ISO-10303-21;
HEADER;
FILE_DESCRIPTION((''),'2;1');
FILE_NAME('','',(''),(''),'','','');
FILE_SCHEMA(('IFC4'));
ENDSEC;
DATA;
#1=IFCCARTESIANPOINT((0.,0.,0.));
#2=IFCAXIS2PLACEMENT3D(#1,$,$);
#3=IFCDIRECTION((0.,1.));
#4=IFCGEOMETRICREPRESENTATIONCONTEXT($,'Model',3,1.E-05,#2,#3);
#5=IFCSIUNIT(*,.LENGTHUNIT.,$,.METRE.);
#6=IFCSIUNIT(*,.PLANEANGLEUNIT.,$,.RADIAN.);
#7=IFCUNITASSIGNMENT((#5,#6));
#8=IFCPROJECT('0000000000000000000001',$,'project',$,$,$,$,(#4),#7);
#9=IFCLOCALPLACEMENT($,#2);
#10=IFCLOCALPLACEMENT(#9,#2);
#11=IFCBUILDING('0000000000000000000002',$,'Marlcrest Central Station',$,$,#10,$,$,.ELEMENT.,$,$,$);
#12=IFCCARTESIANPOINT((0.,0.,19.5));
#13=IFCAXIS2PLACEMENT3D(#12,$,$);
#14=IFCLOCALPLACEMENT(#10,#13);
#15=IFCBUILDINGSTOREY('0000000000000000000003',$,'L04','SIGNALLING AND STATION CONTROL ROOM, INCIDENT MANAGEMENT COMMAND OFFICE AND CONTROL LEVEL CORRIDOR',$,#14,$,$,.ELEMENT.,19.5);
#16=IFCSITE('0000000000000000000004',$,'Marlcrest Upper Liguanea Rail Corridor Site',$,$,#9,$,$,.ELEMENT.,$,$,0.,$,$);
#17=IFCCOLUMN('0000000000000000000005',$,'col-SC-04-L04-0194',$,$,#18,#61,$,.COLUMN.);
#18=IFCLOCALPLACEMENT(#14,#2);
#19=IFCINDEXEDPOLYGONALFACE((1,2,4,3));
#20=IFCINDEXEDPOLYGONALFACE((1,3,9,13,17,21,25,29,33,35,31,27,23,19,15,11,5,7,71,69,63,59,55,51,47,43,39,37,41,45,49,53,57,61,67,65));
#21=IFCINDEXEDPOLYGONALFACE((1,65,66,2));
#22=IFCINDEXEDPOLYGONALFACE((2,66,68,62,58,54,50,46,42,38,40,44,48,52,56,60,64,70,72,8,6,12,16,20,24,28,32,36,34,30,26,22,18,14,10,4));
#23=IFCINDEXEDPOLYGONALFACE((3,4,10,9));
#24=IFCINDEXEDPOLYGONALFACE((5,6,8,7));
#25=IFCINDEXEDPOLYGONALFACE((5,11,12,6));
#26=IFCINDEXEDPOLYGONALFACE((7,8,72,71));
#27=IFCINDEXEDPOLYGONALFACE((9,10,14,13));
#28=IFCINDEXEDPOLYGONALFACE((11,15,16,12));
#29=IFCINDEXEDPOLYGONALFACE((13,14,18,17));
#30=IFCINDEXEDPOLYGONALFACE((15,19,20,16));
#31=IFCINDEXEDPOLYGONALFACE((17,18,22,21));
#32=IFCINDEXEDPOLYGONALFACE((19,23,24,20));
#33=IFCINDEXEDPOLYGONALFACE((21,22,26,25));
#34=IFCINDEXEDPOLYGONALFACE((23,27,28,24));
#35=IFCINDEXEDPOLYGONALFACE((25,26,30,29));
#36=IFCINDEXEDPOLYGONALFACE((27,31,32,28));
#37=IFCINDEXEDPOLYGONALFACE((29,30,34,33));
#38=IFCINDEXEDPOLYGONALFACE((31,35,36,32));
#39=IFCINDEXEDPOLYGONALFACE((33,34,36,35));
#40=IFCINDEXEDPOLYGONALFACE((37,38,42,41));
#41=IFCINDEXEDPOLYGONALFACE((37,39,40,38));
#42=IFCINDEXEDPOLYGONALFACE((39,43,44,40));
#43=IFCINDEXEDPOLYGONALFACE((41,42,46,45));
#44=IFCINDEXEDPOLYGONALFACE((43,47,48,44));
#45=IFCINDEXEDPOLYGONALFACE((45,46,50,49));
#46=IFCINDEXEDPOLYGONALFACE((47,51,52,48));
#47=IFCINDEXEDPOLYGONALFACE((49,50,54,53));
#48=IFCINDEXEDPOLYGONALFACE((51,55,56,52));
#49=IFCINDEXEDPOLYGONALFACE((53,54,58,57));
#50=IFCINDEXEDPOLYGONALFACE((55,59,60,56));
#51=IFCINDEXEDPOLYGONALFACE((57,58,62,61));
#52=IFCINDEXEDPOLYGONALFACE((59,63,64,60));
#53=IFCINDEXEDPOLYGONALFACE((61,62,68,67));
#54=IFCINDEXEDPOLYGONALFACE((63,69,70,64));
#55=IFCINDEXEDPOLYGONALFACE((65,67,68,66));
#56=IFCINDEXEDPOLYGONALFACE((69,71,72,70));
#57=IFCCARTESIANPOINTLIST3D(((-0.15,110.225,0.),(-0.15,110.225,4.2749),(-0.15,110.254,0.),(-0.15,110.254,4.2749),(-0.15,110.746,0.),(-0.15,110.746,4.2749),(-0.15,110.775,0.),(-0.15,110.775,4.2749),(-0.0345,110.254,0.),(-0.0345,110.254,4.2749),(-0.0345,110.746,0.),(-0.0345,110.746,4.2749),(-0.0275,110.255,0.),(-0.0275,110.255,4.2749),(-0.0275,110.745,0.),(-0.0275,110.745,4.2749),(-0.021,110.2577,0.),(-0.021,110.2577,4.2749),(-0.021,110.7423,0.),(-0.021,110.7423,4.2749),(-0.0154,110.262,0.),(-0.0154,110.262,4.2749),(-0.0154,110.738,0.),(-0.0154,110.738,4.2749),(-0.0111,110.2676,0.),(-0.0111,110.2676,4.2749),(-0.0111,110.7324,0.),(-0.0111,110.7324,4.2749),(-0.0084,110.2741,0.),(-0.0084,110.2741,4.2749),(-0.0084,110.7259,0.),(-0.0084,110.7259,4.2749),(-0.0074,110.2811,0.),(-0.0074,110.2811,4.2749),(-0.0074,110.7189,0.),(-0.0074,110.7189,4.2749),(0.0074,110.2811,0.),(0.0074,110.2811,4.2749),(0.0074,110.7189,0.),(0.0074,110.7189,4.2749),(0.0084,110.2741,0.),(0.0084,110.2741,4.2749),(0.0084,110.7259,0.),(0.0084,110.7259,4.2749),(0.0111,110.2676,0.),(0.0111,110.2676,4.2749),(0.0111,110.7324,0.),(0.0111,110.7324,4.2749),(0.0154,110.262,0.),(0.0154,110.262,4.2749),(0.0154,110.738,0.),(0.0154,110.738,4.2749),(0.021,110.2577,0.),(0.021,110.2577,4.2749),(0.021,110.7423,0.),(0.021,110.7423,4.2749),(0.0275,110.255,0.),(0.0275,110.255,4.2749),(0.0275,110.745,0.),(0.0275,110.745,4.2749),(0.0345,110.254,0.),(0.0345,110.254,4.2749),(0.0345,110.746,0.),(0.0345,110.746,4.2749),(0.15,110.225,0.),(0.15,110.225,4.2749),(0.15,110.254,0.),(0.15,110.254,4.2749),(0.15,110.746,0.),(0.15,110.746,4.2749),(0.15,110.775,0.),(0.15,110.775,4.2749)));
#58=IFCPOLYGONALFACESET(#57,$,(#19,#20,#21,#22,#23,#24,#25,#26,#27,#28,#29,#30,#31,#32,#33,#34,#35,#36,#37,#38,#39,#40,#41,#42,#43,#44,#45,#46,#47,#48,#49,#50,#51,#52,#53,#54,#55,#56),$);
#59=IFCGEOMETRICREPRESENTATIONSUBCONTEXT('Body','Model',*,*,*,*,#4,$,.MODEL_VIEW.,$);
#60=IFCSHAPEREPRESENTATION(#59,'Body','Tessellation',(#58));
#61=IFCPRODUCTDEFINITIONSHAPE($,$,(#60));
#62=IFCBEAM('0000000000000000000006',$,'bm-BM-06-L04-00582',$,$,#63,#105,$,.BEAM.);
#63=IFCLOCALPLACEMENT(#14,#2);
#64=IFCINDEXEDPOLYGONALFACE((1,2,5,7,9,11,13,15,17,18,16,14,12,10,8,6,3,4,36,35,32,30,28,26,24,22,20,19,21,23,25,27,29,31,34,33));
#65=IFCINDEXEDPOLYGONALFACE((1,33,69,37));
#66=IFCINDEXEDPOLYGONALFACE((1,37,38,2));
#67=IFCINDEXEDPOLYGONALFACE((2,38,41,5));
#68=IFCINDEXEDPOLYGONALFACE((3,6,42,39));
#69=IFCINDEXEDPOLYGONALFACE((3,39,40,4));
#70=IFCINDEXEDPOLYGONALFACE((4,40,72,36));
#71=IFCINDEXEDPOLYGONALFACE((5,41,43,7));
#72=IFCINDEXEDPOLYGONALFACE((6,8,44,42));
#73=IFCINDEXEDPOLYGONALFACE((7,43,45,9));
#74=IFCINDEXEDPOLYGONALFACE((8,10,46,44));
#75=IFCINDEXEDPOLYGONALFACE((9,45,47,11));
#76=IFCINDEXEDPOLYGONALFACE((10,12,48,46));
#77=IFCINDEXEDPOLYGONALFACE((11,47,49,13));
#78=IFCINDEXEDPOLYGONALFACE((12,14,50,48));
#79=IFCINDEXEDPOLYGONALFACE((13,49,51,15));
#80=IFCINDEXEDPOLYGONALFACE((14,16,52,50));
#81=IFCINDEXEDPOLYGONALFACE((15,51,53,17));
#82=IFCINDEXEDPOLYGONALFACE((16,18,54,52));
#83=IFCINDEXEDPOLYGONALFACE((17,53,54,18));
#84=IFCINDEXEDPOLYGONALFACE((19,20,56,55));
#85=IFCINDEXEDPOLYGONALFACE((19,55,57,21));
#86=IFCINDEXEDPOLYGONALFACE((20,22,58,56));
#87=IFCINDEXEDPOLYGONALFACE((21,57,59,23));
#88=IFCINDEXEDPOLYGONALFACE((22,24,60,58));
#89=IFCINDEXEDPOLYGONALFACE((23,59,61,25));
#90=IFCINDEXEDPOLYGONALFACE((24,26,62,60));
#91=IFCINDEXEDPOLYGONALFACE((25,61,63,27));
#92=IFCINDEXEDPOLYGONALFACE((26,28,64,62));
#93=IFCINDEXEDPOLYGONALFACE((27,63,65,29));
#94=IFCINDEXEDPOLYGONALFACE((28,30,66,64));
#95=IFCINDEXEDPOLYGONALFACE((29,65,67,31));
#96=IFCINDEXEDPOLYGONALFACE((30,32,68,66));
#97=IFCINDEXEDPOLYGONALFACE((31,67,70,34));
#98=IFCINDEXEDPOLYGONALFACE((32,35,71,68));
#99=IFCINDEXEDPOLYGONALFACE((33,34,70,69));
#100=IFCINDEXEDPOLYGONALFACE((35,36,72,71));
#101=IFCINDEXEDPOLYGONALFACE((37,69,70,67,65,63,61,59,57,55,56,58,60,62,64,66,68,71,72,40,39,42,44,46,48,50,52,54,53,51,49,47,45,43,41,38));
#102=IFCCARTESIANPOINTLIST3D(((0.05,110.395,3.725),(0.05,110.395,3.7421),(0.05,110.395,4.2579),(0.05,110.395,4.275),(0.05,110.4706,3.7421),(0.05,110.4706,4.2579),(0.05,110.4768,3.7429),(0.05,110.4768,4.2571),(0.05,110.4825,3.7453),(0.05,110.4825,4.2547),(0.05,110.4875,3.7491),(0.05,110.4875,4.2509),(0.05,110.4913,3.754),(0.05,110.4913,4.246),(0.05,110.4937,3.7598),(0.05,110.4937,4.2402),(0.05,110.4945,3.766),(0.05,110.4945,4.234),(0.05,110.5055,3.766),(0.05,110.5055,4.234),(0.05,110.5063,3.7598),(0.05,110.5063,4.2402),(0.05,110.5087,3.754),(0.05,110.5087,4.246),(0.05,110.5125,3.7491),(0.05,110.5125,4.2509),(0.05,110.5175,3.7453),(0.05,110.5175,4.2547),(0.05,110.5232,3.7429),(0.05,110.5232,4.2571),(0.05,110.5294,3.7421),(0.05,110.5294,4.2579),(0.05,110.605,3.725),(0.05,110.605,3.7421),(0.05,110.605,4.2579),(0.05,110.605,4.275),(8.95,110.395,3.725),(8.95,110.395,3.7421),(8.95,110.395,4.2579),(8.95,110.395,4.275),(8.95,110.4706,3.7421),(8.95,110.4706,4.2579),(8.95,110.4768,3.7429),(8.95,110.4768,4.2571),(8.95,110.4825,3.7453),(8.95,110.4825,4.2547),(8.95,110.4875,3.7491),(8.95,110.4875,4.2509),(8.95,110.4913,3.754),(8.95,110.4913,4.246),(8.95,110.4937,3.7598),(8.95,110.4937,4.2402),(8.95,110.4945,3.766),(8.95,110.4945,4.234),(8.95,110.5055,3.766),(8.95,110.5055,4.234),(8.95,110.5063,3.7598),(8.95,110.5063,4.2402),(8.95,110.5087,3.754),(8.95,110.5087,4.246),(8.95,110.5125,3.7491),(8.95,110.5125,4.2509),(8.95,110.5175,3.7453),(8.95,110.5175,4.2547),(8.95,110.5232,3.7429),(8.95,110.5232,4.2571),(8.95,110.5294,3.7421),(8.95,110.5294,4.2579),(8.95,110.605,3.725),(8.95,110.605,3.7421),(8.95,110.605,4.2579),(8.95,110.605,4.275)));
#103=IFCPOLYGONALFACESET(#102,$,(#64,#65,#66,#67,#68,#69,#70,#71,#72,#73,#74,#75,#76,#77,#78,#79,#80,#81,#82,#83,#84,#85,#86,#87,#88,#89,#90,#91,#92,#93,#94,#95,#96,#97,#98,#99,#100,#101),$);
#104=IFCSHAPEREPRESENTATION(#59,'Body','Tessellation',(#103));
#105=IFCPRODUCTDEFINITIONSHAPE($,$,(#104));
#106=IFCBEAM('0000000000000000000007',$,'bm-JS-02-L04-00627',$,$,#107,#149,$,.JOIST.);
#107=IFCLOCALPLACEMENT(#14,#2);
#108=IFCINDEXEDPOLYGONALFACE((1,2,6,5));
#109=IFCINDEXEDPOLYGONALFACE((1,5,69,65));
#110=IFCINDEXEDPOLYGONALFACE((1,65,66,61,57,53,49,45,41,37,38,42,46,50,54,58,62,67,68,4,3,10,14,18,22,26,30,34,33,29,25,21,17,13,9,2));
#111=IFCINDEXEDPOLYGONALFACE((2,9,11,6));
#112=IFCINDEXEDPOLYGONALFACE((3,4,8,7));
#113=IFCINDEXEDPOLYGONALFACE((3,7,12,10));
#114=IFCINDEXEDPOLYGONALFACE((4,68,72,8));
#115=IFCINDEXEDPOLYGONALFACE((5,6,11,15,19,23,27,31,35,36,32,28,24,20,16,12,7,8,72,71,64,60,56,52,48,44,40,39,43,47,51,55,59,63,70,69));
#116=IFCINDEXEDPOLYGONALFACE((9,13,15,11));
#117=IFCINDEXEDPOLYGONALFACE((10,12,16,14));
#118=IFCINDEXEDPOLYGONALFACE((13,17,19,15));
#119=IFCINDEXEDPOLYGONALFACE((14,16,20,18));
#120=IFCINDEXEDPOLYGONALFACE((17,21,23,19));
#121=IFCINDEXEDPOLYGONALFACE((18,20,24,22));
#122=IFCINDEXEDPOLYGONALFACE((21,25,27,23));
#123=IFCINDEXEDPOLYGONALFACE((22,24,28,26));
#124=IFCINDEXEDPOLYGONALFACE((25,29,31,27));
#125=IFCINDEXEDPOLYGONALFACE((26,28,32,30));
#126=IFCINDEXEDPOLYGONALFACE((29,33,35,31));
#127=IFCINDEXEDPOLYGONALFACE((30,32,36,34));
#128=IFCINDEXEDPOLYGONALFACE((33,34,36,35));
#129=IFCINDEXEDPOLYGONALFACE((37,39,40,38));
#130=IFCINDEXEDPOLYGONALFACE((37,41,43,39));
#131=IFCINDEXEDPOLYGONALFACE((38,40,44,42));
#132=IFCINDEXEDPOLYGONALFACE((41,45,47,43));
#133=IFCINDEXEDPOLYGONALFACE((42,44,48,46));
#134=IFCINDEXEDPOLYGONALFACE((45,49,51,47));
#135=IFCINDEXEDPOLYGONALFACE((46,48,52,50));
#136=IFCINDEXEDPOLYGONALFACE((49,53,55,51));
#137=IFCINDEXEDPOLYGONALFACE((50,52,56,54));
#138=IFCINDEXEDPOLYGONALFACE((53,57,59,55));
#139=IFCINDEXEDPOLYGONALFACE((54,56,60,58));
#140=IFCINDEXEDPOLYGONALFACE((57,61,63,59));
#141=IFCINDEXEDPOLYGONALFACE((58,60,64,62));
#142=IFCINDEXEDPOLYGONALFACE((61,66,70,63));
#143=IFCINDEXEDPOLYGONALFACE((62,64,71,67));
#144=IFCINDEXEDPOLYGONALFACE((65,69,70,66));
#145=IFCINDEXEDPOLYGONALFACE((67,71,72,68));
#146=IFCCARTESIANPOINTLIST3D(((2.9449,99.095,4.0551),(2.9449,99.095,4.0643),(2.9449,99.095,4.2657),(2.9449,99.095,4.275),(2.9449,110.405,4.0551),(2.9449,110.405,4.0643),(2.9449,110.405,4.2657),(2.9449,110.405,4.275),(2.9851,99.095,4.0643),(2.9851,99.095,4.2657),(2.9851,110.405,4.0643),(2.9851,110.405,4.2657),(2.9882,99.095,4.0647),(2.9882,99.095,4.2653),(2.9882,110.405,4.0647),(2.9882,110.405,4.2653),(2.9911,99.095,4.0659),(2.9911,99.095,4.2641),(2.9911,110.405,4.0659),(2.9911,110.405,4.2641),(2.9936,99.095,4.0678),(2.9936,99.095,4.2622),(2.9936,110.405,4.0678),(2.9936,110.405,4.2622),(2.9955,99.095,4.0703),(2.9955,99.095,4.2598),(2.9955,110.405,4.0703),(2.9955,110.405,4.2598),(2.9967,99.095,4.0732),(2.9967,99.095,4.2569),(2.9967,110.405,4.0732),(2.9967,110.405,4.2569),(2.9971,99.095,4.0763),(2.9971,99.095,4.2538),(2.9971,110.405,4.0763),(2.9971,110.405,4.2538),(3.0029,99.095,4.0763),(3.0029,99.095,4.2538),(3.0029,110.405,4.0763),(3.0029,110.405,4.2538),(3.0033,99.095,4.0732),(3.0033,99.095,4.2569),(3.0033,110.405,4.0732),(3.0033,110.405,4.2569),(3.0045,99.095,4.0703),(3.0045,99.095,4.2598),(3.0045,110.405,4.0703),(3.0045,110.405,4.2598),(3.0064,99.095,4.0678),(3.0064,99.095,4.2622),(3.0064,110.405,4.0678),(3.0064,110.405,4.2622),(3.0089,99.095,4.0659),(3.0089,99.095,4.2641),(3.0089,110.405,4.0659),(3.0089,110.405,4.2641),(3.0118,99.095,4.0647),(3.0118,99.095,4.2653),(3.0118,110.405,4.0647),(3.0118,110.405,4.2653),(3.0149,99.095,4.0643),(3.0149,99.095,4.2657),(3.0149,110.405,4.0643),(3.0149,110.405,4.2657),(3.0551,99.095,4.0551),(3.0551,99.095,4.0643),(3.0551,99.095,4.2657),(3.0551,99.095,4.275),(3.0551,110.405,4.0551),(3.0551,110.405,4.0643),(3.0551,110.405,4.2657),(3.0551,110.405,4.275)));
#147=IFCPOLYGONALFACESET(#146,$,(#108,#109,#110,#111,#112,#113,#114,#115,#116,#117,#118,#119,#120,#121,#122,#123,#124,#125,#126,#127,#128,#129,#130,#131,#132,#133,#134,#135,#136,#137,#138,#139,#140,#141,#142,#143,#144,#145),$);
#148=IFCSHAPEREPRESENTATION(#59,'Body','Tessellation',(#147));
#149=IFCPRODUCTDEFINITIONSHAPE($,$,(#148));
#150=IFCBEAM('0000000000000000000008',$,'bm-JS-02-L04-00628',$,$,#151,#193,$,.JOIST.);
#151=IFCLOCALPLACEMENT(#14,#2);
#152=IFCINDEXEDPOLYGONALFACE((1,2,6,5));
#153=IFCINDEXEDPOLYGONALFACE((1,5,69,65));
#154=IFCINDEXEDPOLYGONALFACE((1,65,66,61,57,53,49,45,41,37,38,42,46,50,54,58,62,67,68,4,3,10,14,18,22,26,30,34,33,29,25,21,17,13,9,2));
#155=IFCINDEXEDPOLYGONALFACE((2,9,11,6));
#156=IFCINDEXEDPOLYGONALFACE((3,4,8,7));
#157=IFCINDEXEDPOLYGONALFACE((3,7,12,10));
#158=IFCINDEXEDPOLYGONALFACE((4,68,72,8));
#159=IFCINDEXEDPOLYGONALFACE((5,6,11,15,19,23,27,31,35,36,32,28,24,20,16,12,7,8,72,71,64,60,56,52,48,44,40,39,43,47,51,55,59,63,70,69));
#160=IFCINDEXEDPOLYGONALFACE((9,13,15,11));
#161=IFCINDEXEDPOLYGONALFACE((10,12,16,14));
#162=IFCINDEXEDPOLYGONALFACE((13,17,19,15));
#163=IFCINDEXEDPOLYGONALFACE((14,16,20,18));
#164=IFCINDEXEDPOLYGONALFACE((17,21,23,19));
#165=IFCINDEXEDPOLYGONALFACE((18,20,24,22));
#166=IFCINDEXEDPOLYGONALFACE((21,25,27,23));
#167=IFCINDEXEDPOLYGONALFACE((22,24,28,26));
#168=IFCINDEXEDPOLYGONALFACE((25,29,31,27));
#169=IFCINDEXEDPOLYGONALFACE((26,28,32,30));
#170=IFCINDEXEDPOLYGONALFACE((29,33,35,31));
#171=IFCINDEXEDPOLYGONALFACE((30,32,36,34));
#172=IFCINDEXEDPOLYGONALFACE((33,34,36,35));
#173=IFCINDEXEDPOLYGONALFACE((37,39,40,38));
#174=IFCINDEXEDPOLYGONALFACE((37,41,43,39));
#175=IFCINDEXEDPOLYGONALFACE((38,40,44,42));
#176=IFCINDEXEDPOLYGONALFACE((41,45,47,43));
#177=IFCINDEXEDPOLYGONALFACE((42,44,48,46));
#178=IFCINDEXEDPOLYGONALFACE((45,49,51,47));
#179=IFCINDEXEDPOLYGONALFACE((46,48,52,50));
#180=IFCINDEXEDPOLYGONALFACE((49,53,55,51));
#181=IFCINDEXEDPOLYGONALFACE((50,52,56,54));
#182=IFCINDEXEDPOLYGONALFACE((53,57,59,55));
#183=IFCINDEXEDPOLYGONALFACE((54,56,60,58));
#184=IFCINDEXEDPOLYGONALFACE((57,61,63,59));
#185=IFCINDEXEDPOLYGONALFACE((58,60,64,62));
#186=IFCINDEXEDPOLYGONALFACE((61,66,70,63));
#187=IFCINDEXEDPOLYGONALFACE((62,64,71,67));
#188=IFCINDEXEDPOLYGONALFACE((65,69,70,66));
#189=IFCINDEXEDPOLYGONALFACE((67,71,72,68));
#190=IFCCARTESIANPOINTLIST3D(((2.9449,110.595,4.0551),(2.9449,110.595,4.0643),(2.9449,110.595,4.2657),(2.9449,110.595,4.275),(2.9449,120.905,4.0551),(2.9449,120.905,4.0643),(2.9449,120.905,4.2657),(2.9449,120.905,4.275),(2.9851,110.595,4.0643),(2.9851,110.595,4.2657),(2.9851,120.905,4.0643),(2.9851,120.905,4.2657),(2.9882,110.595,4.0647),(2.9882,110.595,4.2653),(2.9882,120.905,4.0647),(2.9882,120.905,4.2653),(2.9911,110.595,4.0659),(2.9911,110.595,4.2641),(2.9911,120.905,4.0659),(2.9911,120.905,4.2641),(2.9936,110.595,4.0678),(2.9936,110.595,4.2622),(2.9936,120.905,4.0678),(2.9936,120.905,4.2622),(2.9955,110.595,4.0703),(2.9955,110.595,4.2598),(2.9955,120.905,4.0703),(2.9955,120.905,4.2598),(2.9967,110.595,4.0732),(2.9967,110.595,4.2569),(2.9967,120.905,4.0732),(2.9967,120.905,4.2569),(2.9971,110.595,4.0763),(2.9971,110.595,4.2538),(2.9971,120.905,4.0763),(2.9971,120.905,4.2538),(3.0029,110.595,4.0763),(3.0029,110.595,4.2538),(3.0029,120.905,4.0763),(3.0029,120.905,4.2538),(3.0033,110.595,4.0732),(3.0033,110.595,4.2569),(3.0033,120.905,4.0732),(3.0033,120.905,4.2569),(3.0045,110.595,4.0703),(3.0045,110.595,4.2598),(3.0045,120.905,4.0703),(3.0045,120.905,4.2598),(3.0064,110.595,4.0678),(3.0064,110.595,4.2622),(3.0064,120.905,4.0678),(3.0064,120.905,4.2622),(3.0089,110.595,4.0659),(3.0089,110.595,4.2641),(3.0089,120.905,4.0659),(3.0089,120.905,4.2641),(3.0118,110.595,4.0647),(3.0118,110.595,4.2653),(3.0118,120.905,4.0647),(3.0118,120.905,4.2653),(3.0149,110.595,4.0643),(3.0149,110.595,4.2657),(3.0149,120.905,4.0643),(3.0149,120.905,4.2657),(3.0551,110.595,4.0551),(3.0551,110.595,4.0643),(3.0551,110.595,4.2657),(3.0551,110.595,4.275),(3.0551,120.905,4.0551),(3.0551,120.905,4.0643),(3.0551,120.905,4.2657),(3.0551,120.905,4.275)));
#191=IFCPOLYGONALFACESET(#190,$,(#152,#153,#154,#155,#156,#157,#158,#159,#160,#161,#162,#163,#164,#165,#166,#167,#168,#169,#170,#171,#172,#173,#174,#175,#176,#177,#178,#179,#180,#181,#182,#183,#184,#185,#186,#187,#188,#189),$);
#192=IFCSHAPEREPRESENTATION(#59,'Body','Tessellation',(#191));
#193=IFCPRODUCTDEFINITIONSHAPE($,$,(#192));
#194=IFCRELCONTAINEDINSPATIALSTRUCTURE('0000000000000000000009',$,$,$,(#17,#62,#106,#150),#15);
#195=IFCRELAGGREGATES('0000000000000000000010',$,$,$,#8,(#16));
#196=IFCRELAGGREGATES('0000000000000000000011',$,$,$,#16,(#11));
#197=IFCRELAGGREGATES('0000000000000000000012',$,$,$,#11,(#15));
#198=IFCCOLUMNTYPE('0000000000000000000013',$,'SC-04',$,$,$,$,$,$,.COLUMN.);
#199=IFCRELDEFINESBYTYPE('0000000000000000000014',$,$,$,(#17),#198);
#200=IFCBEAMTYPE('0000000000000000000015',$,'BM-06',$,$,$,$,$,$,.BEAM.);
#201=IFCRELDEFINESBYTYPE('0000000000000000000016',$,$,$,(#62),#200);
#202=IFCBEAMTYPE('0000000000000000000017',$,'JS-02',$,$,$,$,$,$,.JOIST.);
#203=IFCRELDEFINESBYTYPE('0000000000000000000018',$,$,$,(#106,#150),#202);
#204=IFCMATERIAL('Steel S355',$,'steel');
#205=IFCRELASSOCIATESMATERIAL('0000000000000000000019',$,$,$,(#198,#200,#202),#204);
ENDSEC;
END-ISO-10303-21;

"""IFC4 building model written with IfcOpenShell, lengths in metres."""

from ifc_helpers import new_model, si_unit, direction, frame, origin, origin_2d, place, context, subcontext, project, spatial, i_section, extrude, material, material_profile, profile_set, type_object, element, save


model = new_model("IFC4")

# Units and contexts
model_context = context("Model", 3, precision=1e-05, world=origin(), true_north=direction((0.0, 1.0)))
body_context = subcontext(model_context, "Body", "Model", "MODEL_VIEW")
ifc_project = project(units=[si_unit("LENGTHUNIT", "METRE"), si_unit("PLANEANGLEUNIT", "RADIAN")], contexts=[model_context])

# Site, building, storey
site_placement = place(None, origin())
site = spatial("IfcSite", under=ifc_project, at=site_placement, Name="Marlcrest Upper Liguanea Rail Corridor Site", CompositionType="ELEMENT", RefElevation=0.0)
building_placement = place(site_placement, origin())
building = spatial("IfcBuilding", under=site, at=building_placement, Name="Marlcrest Central Station", CompositionType="ELEMENT")
storey_placement = place(building_placement, frame((0.0, 0.0, 19.5)))
storey = spatial("IfcBuildingStorey", under=building, at=storey_placement, Name="L04", Description="SIGNALLING AND STATION CONTROL ROOM, INCIDENT MANAGEMENT COMMAND OFFICE AND CONTROL LEVEL CORRIDOR", CompositionType="ELEMENT", Elevation=19.5)

# Column
ifc_material_1 = material(Name="Steel S355", Category="steel")
ifc_material_profile_1 = material_profile(ifc_material_1, i_section(OverallWidth=0.3, OverallDepth=0.55, WebThickness=0.0149, FlangeThickness=0.0291, FilletRadius=0.0271, at=origin_2d()), Name="HEB 550")
ifc_profile_set_1 = profile_set([ifc_material_profile_1], Name="Steel S355")
column_type = type_object("IfcColumnType", Name="SC-04", PredefinedType="COLUMN", material=ifc_profile_set_1)
column_placement = place(storey_placement, frame((0.0, 110.5, 0.0), z_axis=(0.0, 0.0, 1.0), x_axis=(1.0, 0.0, 0.0)))
element("IfcColumn", 1, at=column_placement, inside=storey, type_object=column_type, Name="col-SC-04-L04-0194", PredefinedType="COLUMN", context=body_context, shape_type="SweptSolid", body=[
    extrude(i_section(OverallWidth=0.3, OverallDepth=0.55, WebThickness=0.0149, FlangeThickness=0.0291, FilletRadius=0.0271, at=origin_2d()), origin(), (0.0, 0.0, 1.0), 4.2749),
])

# Beams
ifc_material_profile_2 = material_profile(ifc_material_1, i_section(OverallWidth=0.21, OverallDepth=0.55, WebThickness=0.011, FlangeThickness=0.0171, FilletRadius=0.0239, at=origin_2d()), Name="IPE 550")
ifc_profile_set_2 = profile_set([ifc_material_profile_2], Name="Steel S355")
beam_type_1 = type_object("IfcBeamType", Name="BM-06", PredefinedType="BEAM", material=ifc_profile_set_2)
beam_1_placement = place(storey_placement, frame((0.05, 110.5, 4.0), z_axis=(1.0, 0.0, 0.0), x_axis=(0.0, 1.0, 0.0)))
element("IfcBeam", 2, at=beam_1_placement, inside=storey, type_object=beam_type_1, Name="bm-BM-06-L04-00582", PredefinedType="BEAM", context=body_context, shape_type="SweptSolid", body=[
    extrude(i_section(OverallWidth=0.21, OverallDepth=0.55, WebThickness=0.011, FlangeThickness=0.0171, FilletRadius=0.0239, at=origin_2d()), origin(), (0.0, 0.0, 1.0), 8.8999),
])
ifc_material_profile_3 = material_profile(ifc_material_1, i_section(OverallWidth=0.1101, OverallDepth=0.22, WebThickness=0.0059, FlangeThickness=0.0093, FilletRadius=0.012, at=origin_2d()), Name="IPE 220")
ifc_profile_set_3 = profile_set([ifc_material_profile_3], Name="Steel S355")
beam_type_2 = type_object("IfcBeamType", Name="JS-02", PredefinedType="JOIST", material=ifc_profile_set_3)
beam_2_placement = place(storey_placement, frame((3.0, 99.095, 4.165), z_axis=(0.0, 1.0, 0.0), x_axis=(-1.0, 0.0, 0.0)))
element("IfcBeam", 3, at=beam_2_placement, inside=storey, type_object=beam_type_2, Name="bm-JS-02-L04-00627", PredefinedType="JOIST", context=body_context, shape_type="SweptSolid", body=[
    extrude(i_section(OverallWidth=0.1101, OverallDepth=0.22, WebThickness=0.0059, FlangeThickness=0.0093, FilletRadius=0.012, at=origin_2d()), origin(), (0.0, 0.0, 1.0), 11.3101),
])
beam_3_placement = place(storey_placement, frame((3.0, 110.595, 4.165), z_axis=(0.0, 1.0, 0.0), x_axis=(-1.0, 0.0, 0.0)))
element("IfcBeam", 4, at=beam_3_placement, inside=storey, type_object=beam_type_2, Name="bm-JS-02-L04-00628", PredefinedType="JOIST", context=body_context, shape_type="SweptSolid", body=[
    extrude(i_section(OverallWidth=0.1101, OverallDepth=0.22, WebThickness=0.0059, FlangeThickness=0.0093, FilletRadius=0.012, at=origin_2d()), origin(), (0.0, 0.0, 1.0), 10.3101),
])

save(model, "model.ifc")
